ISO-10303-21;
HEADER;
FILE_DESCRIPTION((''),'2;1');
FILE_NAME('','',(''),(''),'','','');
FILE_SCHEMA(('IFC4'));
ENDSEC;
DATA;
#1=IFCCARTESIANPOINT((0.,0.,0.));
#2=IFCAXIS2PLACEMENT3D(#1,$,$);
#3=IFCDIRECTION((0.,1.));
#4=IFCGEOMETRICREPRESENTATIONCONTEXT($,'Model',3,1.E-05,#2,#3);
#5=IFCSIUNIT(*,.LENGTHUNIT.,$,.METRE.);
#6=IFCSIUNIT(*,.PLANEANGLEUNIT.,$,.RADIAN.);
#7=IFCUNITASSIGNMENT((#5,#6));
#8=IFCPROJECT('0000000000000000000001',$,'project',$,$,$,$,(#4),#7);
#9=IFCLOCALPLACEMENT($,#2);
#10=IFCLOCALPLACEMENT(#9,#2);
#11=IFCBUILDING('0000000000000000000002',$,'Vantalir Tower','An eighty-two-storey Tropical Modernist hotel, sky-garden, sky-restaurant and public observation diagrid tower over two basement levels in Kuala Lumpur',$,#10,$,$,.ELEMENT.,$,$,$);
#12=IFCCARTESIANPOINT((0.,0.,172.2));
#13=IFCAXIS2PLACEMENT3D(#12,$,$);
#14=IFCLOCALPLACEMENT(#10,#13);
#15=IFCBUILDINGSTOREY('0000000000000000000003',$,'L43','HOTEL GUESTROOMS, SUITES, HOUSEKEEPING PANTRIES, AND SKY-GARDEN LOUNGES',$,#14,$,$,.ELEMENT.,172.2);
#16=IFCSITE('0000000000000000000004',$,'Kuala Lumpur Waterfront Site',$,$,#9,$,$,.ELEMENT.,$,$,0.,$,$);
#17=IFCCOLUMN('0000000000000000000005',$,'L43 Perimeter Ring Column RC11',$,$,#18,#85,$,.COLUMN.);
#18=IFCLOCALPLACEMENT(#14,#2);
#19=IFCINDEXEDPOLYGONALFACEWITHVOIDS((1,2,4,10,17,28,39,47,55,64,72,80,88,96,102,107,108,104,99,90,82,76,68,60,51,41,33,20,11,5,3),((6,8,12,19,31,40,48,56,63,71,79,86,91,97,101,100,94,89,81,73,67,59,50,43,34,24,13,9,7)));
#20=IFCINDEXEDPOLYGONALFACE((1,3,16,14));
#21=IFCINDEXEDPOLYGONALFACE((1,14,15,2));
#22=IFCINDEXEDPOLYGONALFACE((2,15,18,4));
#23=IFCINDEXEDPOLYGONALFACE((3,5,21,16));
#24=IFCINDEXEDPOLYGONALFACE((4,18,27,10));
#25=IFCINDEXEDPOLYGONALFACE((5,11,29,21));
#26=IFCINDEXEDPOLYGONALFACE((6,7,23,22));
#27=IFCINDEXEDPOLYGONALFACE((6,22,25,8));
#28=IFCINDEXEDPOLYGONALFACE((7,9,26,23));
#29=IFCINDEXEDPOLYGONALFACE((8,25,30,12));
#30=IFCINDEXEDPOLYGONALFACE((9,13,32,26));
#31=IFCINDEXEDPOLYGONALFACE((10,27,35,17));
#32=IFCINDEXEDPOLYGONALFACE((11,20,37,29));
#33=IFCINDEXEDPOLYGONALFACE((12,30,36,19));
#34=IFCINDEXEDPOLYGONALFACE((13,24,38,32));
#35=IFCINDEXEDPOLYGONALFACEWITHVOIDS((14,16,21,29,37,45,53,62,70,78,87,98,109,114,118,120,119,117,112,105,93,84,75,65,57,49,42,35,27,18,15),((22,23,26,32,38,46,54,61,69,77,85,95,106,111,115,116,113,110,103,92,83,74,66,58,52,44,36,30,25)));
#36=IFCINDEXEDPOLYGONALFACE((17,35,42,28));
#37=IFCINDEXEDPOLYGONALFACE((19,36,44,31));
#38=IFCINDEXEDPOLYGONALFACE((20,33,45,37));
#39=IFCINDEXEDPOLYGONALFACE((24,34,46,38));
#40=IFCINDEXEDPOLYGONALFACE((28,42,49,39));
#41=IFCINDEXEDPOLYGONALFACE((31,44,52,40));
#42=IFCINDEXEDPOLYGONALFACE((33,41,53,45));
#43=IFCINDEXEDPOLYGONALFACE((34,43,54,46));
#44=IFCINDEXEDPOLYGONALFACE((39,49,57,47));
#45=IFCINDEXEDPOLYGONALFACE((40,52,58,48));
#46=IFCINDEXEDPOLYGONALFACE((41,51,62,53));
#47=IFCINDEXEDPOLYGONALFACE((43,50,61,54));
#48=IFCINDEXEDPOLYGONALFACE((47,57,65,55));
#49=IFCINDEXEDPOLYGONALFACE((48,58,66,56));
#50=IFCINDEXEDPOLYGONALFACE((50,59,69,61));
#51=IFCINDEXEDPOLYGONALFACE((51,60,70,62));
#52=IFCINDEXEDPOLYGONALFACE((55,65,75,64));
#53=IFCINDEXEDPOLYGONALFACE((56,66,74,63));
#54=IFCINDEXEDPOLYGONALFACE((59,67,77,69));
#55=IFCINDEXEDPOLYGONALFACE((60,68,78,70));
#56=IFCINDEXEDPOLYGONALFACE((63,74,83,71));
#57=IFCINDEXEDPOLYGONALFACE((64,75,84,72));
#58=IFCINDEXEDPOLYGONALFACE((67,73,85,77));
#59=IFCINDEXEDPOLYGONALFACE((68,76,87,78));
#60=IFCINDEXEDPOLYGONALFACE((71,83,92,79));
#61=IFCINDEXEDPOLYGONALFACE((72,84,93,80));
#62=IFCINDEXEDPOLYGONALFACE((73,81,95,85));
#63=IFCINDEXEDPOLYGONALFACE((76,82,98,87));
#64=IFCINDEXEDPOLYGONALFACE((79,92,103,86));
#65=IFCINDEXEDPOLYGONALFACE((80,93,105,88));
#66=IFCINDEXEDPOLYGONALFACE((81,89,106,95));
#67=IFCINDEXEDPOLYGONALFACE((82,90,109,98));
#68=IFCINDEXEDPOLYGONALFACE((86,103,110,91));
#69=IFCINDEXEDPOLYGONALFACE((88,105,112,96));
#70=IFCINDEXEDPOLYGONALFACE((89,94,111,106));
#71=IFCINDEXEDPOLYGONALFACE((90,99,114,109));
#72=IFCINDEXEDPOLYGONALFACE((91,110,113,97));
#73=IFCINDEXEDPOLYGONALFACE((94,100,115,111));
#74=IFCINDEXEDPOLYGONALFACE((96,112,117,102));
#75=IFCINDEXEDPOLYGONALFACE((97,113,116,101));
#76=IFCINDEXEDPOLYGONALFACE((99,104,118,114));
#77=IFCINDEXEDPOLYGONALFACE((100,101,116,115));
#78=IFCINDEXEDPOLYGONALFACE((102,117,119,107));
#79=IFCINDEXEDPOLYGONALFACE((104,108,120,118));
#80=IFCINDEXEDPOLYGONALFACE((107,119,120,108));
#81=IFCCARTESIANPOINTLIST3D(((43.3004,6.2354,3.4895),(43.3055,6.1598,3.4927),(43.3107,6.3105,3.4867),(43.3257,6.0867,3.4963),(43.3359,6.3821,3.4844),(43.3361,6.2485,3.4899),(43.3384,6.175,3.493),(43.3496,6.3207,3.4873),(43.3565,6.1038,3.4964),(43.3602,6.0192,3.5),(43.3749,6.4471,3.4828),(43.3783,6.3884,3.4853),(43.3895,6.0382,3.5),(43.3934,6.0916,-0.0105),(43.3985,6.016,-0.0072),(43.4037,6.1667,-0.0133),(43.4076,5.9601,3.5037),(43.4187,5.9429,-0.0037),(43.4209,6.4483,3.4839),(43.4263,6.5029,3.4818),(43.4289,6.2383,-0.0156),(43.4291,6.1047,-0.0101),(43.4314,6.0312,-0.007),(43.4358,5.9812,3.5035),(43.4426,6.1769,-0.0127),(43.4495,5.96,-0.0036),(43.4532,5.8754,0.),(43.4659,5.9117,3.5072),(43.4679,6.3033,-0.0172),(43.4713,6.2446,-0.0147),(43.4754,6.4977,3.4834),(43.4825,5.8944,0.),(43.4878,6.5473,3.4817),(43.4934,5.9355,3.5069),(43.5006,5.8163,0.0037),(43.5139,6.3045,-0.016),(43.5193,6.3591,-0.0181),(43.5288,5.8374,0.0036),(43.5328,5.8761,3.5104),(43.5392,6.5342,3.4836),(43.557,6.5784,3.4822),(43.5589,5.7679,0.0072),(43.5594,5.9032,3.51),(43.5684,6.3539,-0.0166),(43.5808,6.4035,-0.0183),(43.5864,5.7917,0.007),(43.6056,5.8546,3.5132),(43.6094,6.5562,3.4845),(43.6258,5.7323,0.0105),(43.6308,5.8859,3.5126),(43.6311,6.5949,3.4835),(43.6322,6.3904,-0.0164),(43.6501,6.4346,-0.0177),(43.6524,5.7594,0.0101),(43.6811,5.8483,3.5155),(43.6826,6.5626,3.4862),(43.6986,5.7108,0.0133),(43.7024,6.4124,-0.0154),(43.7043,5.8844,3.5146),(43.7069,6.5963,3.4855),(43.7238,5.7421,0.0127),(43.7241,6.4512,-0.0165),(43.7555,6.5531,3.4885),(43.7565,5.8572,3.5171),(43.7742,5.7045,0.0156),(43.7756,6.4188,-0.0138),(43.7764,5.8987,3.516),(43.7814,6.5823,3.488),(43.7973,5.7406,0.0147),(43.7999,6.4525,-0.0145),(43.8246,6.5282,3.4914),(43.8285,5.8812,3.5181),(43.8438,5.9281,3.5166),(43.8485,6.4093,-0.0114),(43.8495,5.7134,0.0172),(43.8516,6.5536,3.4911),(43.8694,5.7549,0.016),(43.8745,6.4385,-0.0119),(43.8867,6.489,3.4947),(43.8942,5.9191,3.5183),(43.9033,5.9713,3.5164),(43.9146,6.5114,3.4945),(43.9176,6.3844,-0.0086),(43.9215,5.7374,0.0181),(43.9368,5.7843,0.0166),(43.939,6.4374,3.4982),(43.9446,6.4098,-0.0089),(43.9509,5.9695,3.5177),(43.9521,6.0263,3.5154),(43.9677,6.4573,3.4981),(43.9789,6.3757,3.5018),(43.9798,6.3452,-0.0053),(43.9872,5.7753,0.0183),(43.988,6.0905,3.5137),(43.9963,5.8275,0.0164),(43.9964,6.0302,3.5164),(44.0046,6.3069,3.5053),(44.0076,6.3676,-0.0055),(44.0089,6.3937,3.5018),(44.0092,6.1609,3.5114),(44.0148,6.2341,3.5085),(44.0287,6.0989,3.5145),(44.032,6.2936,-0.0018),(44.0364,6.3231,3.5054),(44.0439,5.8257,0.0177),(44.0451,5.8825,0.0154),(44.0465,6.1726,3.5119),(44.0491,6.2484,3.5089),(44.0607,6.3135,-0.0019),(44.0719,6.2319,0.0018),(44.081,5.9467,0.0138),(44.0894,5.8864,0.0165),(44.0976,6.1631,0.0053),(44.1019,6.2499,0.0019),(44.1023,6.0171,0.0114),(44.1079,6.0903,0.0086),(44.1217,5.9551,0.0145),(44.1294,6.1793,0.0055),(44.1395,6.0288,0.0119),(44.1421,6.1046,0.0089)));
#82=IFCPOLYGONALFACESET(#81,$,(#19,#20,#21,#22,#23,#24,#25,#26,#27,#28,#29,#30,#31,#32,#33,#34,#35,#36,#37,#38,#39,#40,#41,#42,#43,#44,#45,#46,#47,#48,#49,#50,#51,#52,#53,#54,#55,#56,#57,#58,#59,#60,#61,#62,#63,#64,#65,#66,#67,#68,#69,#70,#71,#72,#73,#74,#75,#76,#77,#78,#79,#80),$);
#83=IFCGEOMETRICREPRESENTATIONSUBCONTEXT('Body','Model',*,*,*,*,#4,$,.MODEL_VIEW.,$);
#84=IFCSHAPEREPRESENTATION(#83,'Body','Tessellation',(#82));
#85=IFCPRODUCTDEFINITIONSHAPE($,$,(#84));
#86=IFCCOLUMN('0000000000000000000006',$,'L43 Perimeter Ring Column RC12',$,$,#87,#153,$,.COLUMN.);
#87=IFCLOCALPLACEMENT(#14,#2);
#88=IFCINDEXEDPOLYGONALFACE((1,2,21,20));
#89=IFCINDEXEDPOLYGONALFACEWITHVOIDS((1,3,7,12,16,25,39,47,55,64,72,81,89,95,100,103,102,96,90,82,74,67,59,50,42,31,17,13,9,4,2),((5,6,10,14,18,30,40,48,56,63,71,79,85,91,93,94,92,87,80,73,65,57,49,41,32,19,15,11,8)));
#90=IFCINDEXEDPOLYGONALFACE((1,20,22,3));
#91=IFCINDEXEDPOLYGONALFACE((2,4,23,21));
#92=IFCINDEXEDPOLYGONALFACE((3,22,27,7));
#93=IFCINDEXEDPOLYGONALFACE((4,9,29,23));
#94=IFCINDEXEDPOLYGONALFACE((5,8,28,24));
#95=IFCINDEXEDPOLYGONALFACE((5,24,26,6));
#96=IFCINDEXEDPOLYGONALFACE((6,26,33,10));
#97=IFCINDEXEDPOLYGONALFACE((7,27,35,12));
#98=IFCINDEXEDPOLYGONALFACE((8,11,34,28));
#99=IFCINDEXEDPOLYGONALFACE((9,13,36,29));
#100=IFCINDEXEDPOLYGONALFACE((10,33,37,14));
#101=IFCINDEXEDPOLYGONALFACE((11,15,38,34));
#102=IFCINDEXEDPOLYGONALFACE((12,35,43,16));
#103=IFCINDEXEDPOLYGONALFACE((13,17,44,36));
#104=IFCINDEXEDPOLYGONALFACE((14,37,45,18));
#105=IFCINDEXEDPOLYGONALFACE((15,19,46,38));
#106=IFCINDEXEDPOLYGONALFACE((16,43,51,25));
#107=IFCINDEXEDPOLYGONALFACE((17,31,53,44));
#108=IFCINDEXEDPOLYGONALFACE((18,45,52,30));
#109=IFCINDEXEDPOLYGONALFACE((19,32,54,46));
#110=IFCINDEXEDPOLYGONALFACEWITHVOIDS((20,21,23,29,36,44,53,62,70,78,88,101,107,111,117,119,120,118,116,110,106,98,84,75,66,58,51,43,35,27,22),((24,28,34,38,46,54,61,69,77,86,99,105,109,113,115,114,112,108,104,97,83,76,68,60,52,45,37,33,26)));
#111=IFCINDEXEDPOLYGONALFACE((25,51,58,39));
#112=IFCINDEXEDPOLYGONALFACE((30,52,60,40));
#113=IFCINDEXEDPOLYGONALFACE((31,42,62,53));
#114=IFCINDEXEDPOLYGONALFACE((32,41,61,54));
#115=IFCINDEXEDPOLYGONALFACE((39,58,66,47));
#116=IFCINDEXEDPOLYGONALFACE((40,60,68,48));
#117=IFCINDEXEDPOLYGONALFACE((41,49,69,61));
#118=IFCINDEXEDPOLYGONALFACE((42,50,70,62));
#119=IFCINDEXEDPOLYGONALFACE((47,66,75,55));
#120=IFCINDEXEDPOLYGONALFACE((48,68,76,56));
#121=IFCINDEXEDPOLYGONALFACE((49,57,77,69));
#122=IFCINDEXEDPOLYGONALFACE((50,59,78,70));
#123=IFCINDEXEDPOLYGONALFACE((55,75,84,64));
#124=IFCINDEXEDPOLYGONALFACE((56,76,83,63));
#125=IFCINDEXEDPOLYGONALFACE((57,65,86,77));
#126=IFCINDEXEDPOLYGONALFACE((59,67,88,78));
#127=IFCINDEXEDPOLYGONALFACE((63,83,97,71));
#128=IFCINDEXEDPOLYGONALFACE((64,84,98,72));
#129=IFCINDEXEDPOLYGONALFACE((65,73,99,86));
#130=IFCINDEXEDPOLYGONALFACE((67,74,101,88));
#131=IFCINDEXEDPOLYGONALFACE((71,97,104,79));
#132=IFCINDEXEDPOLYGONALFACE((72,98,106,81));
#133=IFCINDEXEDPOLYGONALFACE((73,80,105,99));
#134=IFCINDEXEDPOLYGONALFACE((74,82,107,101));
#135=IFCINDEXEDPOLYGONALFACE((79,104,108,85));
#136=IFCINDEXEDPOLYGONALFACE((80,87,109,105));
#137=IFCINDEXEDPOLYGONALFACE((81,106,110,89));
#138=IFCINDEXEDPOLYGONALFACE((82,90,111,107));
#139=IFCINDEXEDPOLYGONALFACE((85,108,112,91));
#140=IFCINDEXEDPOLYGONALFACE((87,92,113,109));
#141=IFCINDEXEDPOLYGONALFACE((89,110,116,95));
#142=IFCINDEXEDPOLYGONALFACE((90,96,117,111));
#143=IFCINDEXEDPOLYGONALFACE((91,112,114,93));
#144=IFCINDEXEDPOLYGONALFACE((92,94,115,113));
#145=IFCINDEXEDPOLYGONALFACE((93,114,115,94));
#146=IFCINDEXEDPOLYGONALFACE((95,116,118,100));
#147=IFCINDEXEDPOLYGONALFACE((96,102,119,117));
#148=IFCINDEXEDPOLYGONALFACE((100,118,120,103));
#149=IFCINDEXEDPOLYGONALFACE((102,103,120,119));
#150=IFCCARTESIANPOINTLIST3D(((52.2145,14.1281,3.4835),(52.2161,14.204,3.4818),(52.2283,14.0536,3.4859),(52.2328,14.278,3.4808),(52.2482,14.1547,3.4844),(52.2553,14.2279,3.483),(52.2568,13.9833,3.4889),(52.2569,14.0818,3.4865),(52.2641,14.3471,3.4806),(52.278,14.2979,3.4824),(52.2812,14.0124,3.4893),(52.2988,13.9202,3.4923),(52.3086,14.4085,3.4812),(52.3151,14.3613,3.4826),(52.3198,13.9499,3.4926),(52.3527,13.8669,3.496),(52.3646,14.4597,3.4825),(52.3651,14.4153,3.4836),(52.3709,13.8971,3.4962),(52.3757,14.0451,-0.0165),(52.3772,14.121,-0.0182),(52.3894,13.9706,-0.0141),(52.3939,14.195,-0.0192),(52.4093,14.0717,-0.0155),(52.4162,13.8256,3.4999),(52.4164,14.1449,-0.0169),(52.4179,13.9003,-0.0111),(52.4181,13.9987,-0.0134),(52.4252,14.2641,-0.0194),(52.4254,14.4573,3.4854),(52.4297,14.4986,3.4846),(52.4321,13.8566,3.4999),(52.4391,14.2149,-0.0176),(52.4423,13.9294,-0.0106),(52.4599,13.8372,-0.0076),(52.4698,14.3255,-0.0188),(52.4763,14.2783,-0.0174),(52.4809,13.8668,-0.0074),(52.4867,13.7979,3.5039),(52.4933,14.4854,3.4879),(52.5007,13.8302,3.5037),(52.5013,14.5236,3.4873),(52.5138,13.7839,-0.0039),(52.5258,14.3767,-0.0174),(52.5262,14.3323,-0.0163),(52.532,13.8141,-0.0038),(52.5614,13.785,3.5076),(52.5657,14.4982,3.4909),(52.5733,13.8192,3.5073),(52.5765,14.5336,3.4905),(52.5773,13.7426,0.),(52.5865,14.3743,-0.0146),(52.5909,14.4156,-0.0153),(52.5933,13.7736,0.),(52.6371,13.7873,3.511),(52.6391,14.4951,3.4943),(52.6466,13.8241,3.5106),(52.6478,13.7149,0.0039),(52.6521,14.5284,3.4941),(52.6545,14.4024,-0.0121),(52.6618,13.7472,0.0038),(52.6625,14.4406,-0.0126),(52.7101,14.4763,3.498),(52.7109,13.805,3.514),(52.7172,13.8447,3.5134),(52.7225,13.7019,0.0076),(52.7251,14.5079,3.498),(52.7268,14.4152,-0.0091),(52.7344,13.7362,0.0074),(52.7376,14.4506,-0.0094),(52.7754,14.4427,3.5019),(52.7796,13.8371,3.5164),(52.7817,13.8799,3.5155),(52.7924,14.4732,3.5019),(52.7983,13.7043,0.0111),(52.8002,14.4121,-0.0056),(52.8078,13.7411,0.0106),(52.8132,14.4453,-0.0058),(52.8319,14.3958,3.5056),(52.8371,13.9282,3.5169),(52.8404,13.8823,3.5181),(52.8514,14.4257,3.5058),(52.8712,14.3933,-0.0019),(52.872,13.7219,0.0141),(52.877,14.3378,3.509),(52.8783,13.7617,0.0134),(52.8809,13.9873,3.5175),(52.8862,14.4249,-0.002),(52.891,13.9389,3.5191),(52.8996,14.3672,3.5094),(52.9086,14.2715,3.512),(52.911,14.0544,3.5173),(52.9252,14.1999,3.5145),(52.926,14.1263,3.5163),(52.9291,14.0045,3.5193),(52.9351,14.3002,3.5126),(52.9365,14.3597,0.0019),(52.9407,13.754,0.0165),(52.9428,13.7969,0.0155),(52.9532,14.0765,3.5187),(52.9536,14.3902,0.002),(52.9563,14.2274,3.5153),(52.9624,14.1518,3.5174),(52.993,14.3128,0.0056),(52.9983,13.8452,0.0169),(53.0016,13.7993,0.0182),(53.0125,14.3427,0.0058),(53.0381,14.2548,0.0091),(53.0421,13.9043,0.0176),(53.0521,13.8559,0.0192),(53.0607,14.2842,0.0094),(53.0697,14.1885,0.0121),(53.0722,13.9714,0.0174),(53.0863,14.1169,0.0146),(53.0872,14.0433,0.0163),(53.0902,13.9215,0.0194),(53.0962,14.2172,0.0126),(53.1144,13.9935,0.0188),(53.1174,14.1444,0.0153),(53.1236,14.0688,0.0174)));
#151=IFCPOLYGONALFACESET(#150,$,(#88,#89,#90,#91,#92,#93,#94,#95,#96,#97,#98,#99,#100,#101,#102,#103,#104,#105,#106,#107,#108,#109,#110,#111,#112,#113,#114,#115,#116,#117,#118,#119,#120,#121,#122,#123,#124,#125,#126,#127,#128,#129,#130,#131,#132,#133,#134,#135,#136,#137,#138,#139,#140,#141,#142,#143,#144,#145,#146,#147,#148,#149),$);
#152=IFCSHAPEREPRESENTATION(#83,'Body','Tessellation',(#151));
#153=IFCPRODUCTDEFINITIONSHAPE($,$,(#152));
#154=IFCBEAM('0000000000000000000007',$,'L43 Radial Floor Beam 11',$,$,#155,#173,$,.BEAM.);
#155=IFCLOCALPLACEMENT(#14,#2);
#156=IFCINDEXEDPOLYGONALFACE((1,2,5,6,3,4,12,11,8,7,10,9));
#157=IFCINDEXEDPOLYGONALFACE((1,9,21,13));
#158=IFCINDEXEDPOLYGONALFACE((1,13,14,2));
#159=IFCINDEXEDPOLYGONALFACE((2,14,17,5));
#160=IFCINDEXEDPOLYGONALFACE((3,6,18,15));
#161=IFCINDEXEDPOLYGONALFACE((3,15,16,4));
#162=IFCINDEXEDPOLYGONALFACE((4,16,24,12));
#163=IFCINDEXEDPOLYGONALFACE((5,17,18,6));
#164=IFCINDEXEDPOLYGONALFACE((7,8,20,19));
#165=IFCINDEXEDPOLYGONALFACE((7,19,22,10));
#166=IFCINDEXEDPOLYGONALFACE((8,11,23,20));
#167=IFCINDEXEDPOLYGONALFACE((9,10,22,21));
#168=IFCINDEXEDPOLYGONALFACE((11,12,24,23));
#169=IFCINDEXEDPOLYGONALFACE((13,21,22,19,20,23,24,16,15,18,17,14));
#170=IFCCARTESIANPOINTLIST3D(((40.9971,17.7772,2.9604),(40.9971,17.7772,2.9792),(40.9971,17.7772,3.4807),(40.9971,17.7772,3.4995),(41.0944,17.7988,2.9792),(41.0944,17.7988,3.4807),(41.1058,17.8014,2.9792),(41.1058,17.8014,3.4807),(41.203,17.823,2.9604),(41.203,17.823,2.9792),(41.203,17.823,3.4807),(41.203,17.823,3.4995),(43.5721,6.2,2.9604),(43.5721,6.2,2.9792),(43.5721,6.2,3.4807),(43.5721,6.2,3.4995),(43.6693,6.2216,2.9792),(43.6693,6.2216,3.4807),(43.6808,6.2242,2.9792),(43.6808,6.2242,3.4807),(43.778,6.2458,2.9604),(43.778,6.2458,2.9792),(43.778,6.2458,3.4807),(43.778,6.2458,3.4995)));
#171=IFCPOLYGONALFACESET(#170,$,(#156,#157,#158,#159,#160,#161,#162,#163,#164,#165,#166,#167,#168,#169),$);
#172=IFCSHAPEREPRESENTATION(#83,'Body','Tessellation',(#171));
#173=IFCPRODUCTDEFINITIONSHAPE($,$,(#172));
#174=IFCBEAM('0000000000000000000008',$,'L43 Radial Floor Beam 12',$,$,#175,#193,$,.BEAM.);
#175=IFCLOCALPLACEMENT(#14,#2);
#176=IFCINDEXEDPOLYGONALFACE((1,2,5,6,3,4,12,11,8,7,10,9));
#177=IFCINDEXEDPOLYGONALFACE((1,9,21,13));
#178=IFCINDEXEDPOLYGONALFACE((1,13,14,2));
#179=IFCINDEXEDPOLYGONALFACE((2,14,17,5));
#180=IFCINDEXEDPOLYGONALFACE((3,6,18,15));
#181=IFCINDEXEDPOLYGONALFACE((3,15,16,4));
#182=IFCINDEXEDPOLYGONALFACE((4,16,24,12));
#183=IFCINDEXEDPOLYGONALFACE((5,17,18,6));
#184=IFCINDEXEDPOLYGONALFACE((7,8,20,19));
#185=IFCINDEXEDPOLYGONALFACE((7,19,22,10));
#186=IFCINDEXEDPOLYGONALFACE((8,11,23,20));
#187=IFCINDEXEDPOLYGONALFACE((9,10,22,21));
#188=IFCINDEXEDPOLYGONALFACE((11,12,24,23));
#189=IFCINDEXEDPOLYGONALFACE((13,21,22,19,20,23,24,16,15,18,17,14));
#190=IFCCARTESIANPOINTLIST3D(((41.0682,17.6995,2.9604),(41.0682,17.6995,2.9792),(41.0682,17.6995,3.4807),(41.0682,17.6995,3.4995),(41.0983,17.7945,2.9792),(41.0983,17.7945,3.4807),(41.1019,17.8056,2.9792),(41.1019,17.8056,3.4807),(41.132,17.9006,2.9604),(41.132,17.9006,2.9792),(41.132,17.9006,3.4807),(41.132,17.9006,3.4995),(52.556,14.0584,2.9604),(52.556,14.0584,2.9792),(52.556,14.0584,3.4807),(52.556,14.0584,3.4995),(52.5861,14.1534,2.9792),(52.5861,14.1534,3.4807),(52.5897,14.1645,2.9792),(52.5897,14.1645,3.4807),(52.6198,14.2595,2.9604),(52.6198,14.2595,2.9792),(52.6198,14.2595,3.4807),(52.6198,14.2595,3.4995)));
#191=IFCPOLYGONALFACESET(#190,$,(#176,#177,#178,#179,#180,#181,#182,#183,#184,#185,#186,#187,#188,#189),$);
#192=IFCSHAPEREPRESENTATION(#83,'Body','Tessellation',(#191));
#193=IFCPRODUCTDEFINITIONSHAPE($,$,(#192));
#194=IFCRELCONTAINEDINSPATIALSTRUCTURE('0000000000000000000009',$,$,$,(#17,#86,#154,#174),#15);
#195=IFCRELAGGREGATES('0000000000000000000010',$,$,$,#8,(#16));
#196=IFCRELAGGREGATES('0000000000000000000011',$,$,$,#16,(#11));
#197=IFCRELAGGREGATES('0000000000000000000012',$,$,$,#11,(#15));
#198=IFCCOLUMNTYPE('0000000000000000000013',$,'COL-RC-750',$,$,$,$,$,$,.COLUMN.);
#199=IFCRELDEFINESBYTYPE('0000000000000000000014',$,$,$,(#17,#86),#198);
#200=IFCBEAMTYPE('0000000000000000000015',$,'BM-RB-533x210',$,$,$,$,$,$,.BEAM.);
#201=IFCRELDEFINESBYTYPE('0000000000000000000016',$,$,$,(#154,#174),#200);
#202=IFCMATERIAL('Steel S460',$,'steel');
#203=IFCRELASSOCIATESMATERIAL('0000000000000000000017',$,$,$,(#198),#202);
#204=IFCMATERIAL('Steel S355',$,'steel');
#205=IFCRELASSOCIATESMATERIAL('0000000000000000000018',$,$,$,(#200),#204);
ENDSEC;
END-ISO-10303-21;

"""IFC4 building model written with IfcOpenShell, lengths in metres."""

from ifc_helpers import new_model, si_unit, direction, frame, origin, origin_2d, place, context, subcontext, project, spatial, hollow_circle, i_section, extrude, material, material_profile, profile_set, type_object, element, save


model = new_model("IFC4")

# Units and contexts
model_context = context("Model", 3, precision=1e-05, world=origin(), true_north=direction((0.0, 1.0)))
body_context = subcontext(model_context, "Body", "Model", "MODEL_VIEW")
ifc_project = project(units=[si_unit("LENGTHUNIT", "METRE"), si_unit("PLANEANGLEUNIT", "RADIAN")], contexts=[model_context])

# Site, building, storey
site_placement = place(None, origin())
site = spatial("IfcSite", under=ifc_project, at=site_placement, Name="Kuala Lumpur Waterfront Site", CompositionType="ELEMENT", RefElevation=0.0)
building_placement = place(site_placement, origin())
building = spatial("IfcBuilding", under=site, at=building_placement, Name="Vantalir Tower", Description="An eighty-two-storey Tropical Modernist hotel, sky-garden, sky-restaurant and public observation diagrid tower over two basement levels in Kuala Lumpur", CompositionType="ELEMENT")
storey_placement = place(building_placement, frame((0.0, 0.0, 172.2)))
storey = spatial("IfcBuildingStorey", under=building, at=storey_placement, Name="L43", Description="HOTEL GUESTROOMS, SUITES, HOUSEKEEPING PANTRIES, AND SKY-GARDEN LOUNGES", CompositionType="ELEMENT", Elevation=172.2)

# Columns
ifc_material_1 = material(Name="Steel S460", Category="steel")
ifc_material_profile_1 = material_profile(ifc_material_1, hollow_circle(Radius=0.375, WallThickness=0.0349, at=origin_2d()), Name="Steel S460")
ifc_profile_set_1 = profile_set([ifc_material_profile_1], Name="Steel S460")
column_type = type_object("IfcColumnType", Name="COL-RC-750", PredefinedType="COLUMN", material=ifc_profile_set_1)
column_1_placement = place(storey_placement, frame((43.7681, 6.0791, 0.0), z_axis=(-0.026545, 0.041036, 0.998805), x_axis=(-0.839647, -0.543133, 0.0)))
element("IfcColumn", 1, at=column_1_placement, inside=storey, type_object=column_type, Name="L43 Perimeter Ring Column RC11", PredefinedType="COLUMN", context=body_context, shape_type="SweptSolid", body=[
    extrude(hollow_circle(Radius=0.375, WallThickness=0.0349, at=origin_2d()), origin(), (0.0, 0.0, 1.0), 3.5042),
])
column_2_placement = place(storey_placement, frame((52.749, 14.0759, 0.0), z_axis=(-0.045976, 0.023685, 0.998662), x_axis=(-0.457957, -0.888975, 0.0)))
element("IfcColumn", 2, at=column_2_placement, inside=storey, type_object=column_type, Name="L43 Perimeter Ring Column RC12", PredefinedType="COLUMN", context=body_context, shape_type="SweptSolid", body=[
    extrude(hollow_circle(Radius=0.375, WallThickness=0.0349, at=origin_2d()), origin(), (0.0, 0.0, 1.0), 3.5046),
])

# Beams
ifc_material_2 = material(Name="Steel S355", Category="steel")
ifc_material_profile_2 = material_profile(ifc_material_2, i_section(OverallWidth=0.2109, OverallDepth=0.5391, WebThickness=0.0117, FlangeThickness=0.0188, at=origin_2d()), Name="Steel S355")
ifc_profile_set_2 = profile_set([ifc_material_profile_2], Name="Steel S355")
beam_type_1 = type_object("IfcBeamType", Name="BM-RB-533x210", PredefinedType="BEAM", material=ifc_profile_set_2)
beam_1_placement = place(storey_placement, frame((43.675, 6.2229, 3.23), z_axis=(-0.217111, 0.976147, 0.0), x_axis=(-0.976147, -0.217111, 0.0)))
element("IfcBeam", 3, at=beam_1_placement, inside=storey, type_object=beam_type_1, Name="L43 Radial Floor Beam 11", PredefinedType="BEAM", context=body_context, shape_type="SweptSolid", body=[
    extrude(i_section(OverallWidth=0.2109, OverallDepth=0.5391, WebThickness=0.0117, FlangeThickness=0.0188, at=origin_2d()), origin(), (0.0, 0.0, 1.0), 11.8601),
])
beam_2_placement = place(storey_placement, frame((52.5879, 14.1589, 3.23), z_axis=(-0.953263, 0.302141, 0.0), x_axis=(-0.302141, -0.953263, 0.0)))
element("IfcBeam", 4, at=beam_2_placement, inside=storey, type_object=beam_type_1, Name="L43 Radial Floor Beam 12", PredefinedType="BEAM", context=body_context, shape_type="SweptSolid", body=[
    extrude(i_section(OverallWidth=0.2109, OverallDepth=0.5391, WebThickness=0.0117, FlangeThickness=0.0188, at=origin_2d()), origin(), (0.0, 0.0, 1.0), 12.051),
])

save(model, "model.ifc")
